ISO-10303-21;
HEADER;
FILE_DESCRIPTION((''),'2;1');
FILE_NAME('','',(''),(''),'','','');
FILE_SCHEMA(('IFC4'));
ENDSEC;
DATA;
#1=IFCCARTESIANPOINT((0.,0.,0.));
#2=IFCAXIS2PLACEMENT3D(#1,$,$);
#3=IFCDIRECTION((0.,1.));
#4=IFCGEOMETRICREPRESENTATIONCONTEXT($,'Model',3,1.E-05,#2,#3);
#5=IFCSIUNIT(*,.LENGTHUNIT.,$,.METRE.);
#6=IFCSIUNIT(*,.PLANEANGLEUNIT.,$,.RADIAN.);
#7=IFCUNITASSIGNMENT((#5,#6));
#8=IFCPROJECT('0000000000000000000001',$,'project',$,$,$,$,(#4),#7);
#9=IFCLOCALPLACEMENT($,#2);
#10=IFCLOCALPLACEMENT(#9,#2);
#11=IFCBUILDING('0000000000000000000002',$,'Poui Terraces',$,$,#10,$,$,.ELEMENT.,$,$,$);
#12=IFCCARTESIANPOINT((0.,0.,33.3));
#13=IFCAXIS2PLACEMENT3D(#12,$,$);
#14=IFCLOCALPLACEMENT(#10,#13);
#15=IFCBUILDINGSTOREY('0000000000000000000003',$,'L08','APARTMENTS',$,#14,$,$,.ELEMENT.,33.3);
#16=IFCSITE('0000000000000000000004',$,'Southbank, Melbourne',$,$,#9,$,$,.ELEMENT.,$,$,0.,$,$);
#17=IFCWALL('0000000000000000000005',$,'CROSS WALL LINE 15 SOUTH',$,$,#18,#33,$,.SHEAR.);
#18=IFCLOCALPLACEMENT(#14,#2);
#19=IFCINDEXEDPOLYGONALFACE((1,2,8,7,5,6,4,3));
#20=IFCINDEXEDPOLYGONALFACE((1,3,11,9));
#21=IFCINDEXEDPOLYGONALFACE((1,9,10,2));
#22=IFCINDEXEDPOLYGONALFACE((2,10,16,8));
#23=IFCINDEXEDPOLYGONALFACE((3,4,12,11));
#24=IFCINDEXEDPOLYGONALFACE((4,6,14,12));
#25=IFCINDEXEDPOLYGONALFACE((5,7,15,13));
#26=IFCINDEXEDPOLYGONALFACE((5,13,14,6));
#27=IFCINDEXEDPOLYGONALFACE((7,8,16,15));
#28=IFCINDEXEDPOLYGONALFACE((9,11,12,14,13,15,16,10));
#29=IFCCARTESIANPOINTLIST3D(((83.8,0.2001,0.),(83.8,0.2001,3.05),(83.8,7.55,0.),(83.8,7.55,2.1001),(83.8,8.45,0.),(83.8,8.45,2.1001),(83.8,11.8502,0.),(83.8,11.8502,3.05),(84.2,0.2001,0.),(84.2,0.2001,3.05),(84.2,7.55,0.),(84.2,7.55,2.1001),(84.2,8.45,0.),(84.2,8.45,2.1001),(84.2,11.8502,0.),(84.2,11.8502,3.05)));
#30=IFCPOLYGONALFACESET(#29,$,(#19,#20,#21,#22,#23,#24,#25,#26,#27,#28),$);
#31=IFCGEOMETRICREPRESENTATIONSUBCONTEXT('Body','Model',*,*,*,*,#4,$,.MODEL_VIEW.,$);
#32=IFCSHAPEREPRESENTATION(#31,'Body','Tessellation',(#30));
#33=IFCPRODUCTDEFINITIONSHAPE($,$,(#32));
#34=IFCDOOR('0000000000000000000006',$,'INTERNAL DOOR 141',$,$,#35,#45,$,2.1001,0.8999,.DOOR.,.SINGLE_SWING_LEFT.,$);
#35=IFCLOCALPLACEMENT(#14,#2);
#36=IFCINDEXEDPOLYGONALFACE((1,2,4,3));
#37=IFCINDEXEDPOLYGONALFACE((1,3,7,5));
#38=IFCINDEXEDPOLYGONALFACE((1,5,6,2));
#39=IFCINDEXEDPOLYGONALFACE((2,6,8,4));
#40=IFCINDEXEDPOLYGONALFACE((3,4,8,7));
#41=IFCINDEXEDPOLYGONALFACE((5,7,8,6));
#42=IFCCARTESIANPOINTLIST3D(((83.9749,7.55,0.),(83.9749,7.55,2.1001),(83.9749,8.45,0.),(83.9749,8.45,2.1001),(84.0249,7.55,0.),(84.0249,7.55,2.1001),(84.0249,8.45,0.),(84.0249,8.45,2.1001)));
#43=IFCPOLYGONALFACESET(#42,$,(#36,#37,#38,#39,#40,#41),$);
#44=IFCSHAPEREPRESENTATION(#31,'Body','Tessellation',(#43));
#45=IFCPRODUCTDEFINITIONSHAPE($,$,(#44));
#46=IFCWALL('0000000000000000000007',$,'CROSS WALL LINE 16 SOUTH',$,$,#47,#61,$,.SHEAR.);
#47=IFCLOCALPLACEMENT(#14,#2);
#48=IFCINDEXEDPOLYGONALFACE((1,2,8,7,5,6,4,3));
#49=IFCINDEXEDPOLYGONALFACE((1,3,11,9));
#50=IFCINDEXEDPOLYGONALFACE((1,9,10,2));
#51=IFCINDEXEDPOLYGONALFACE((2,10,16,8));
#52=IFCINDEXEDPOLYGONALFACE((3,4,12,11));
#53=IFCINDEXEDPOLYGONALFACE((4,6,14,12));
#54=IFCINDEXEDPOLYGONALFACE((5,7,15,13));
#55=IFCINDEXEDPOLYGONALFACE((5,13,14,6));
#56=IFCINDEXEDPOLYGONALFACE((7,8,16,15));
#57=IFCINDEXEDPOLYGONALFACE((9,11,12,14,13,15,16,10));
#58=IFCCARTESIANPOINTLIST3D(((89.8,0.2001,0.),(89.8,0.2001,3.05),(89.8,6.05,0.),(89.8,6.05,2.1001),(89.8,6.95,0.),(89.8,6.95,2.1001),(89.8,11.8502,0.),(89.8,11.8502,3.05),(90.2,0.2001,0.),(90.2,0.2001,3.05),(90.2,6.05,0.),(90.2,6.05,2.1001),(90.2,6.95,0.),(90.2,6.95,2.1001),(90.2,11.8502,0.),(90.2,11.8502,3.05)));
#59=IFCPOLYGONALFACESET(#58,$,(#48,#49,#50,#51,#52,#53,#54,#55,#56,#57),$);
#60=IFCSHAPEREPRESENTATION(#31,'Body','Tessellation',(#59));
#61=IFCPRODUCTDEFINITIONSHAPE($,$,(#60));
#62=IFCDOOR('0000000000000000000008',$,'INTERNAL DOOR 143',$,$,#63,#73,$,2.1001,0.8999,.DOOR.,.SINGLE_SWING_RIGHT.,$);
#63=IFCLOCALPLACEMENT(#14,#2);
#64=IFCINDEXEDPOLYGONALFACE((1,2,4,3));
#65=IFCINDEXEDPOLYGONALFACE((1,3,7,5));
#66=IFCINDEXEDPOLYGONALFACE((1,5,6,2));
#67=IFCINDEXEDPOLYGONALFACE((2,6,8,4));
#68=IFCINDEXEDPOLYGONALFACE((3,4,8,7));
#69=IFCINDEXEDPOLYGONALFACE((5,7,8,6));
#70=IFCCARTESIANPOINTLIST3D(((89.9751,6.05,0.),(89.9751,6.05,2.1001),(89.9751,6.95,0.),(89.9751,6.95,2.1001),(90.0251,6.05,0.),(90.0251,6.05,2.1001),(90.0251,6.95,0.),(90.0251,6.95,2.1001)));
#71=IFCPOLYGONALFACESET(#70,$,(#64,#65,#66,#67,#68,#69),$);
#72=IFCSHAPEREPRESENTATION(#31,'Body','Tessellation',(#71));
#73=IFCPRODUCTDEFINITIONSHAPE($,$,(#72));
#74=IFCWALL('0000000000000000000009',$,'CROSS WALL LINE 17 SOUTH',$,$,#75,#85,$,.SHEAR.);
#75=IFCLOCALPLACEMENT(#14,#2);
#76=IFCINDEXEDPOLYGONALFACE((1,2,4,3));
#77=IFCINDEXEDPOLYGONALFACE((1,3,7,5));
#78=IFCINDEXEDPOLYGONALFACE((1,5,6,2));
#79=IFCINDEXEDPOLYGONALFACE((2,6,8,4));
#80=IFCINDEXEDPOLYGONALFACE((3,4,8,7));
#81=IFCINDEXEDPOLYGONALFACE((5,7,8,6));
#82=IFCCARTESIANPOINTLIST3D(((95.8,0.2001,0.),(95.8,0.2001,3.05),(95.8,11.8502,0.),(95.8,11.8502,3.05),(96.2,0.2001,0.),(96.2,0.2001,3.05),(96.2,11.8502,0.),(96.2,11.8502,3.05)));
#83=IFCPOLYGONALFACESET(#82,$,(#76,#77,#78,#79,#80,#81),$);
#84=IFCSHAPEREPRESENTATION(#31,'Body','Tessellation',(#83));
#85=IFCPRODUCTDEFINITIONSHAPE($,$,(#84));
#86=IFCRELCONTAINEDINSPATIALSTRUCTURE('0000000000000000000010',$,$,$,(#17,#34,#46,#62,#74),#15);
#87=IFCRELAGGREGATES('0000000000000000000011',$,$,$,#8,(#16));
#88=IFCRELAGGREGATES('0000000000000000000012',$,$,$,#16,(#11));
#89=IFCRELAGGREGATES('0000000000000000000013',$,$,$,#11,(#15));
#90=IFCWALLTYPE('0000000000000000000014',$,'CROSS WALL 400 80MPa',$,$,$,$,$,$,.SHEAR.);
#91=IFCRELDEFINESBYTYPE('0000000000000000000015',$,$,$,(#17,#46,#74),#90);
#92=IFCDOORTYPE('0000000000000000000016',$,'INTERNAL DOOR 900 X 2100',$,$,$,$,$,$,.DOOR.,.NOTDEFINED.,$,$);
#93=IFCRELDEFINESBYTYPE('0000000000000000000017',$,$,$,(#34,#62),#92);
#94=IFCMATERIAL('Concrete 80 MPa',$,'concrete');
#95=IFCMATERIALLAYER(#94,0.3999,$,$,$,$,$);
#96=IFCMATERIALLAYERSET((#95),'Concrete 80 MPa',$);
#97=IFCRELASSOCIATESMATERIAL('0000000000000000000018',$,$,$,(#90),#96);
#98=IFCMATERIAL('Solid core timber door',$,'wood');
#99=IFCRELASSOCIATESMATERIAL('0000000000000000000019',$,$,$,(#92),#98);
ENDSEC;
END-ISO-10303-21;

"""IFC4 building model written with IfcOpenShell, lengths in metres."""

from ifc_helpers import new_model, si_unit, direction, frame, frame_2d, origin, place, context, subcontext, project, spatial, rectangle, extrude, material, layer, layer_set, type_object, element, fill, save


model = new_model("IFC4")

# Units and contexts
model_context = context("Model", 3, precision=1e-05, world=origin(), true_north=direction((0.0, 1.0)))
body_context = subcontext(model_context, "Body", "Model", "MODEL_VIEW")
ifc_project = project(units=[si_unit("LENGTHUNIT", "METRE"), si_unit("PLANEANGLEUNIT", "RADIAN")], contexts=[model_context])

# Site, building, storey
site_placement = place(None, origin())
site = spatial("IfcSite", under=ifc_project, at=site_placement, Name="Southbank, Melbourne", CompositionType="ELEMENT", RefElevation=0.0)
building_placement = place(site_placement, origin())
building = spatial("IfcBuilding", under=site, at=building_placement, Name="Poui Terraces", CompositionType="ELEMENT")
storey_placement = place(building_placement, frame((0.0, 0.0, 33.3)))
storey = spatial("IfcBuildingStorey", under=building, at=storey_placement, Name="L08", Description="APARTMENTS", CompositionType="ELEMENT", Elevation=33.3)

# Walls, openings, doors
ifc_material_1 = material(Name="Concrete 80 MPa", Category="concrete")
ifc_layer_1 = layer(ifc_material_1, 0.3999)
ifc_layer_set_1 = layer_set([ifc_layer_1], Name="Concrete 80 MPa")
wall_type_1 = type_object("IfcWallType", Name="CROSS WALL 400 80MPa", PredefinedType="SHEAR", material=ifc_layer_set_1)
wall_1_placement = place(storey_placement, frame((84.0, 0.2, 0.0), z_axis=(0.0, 0.0, 1.0), x_axis=(0.0, 1.0, 0.0)))
wall_1 = element("IfcWall", 1, at=wall_1_placement, inside=storey, type_object=wall_type_1, Name="CROSS WALL LINE 15 SOUTH", PredefinedType="SHEAR", context=body_context, shape_type="SweptSolid", body=[
    extrude(rectangle(XDim=11.6501, YDim=0.3999, at=frame_2d((5.8252, 0.0))), origin(), (0.0, 0.0, 1.0), 3.05),
])
opening_1_placement = place(wall_1_placement, frame((7.3501, 0.0, 0.0)))
opening_1 = element("IfcOpeningElement", 2, at=opening_1_placement, cuts=wall_1, PredefinedType="OPENING", context=body_context, shape_type="SweptSolid", body=[
    extrude(rectangle(XDim=0.8999, YDim=2.1001, at=frame_2d((0.45, 1.05))), frame((0.0, 0.21, 0.0), z_axis=(0.0, -1.0, 0.0), x_axis=(1.0, 0.0, 0.0)), (0.0, 0.0, 1.0), 0.4199),
])
ifc_material_2 = material(Name="Solid core timber door", Category="wood")
door_type_1 = type_object("IfcDoorType", Name="INTERNAL DOOR 900 X 2100", OperationType="NOTDEFINED", PredefinedType="DOOR", material=ifc_material_2)
door_1_placement = place(opening_1_placement, frame((0.8999, 0.0, 0.0), z_axis=(0.0, 0.0, 1.0), x_axis=(-1.0, 0.0, 0.0)))
door_1 = element("IfcDoor", 3, at=door_1_placement, inside=storey, type_object=door_type_1, Name="INTERNAL DOOR 141", OperationType="SINGLE_SWING_LEFT", OverallHeight=2.1001, OverallWidth=0.8999, PredefinedType="DOOR", context=body_context, shape_type="SweptSolid", body=[
    extrude(rectangle(XDim=0.8999, YDim=2.1001, at=frame_2d((0.45, 1.05))), frame((0.0, 0.0249, 0.0), z_axis=(0.0, -1.0, 0.0), x_axis=(1.0, 0.0, 0.0)), (0.0, 0.0, 1.0), 0.05),
])
fill(opening_1, door_1)
wall_2_placement = place(storey_placement, frame((90.0, 0.2, 0.0), z_axis=(0.0, 0.0, 1.0), x_axis=(0.0, 1.0, 0.0)))
wall_2 = element("IfcWall", 4, at=wall_2_placement, inside=storey, type_object=wall_type_1, Name="CROSS WALL LINE 16 SOUTH", PredefinedType="SHEAR", context=body_context, shape_type="SweptSolid", body=[
    extrude(rectangle(XDim=11.6501, YDim=0.3999, at=frame_2d((5.8252, 0.0))), origin(), (0.0, 0.0, 1.0), 3.05),
])
opening_2_placement = place(wall_2_placement, frame((5.8501, 0.0, 0.0)))
opening_2 = element("IfcOpeningElement", 5, at=opening_2_placement, cuts=wall_2, PredefinedType="OPENING", context=body_context, shape_type="SweptSolid", body=[
    extrude(rectangle(XDim=0.8999, YDim=2.1001, at=frame_2d((0.45, 1.05))), frame((0.0, 0.21, 0.0), z_axis=(0.0, -1.0, 0.0), x_axis=(1.0, 0.0, 0.0)), (0.0, 0.0, 1.0), 0.4199),
])
door_2_placement = place(opening_2_placement, origin())
door_2 = element("IfcDoor", 6, at=door_2_placement, inside=storey, type_object=door_type_1, Name="INTERNAL DOOR 143", OperationType="SINGLE_SWING_RIGHT", OverallHeight=2.1001, OverallWidth=0.8999, PredefinedType="DOOR", context=body_context, shape_type="SweptSolid", body=[
    extrude(rectangle(XDim=0.8999, YDim=2.1001, at=frame_2d((0.45, 1.05))), frame((0.0, 0.0249, 0.0), z_axis=(0.0, -1.0, 0.0), x_axis=(1.0, 0.0, 0.0)), (0.0, 0.0, 1.0), 0.05),
])
fill(opening_2, door_2)

# Wall
wall_3_placement = place(storey_placement, frame((96.0, 0.2, 0.0), z_axis=(0.0, 0.0, 1.0), x_axis=(0.0, 1.0, 0.0)))
element("IfcWall", 7, at=wall_3_placement, inside=storey, type_object=wall_type_1, Name="CROSS WALL LINE 17 SOUTH", PredefinedType="SHEAR", context=body_context, shape_type="SweptSolid", body=[
    extrude(rectangle(XDim=11.6501, YDim=0.3999, at=frame_2d((5.8252, 0.0))), origin(), (0.0, 0.0, 1.0), 3.05),
])

save(model, "model.ifc")
